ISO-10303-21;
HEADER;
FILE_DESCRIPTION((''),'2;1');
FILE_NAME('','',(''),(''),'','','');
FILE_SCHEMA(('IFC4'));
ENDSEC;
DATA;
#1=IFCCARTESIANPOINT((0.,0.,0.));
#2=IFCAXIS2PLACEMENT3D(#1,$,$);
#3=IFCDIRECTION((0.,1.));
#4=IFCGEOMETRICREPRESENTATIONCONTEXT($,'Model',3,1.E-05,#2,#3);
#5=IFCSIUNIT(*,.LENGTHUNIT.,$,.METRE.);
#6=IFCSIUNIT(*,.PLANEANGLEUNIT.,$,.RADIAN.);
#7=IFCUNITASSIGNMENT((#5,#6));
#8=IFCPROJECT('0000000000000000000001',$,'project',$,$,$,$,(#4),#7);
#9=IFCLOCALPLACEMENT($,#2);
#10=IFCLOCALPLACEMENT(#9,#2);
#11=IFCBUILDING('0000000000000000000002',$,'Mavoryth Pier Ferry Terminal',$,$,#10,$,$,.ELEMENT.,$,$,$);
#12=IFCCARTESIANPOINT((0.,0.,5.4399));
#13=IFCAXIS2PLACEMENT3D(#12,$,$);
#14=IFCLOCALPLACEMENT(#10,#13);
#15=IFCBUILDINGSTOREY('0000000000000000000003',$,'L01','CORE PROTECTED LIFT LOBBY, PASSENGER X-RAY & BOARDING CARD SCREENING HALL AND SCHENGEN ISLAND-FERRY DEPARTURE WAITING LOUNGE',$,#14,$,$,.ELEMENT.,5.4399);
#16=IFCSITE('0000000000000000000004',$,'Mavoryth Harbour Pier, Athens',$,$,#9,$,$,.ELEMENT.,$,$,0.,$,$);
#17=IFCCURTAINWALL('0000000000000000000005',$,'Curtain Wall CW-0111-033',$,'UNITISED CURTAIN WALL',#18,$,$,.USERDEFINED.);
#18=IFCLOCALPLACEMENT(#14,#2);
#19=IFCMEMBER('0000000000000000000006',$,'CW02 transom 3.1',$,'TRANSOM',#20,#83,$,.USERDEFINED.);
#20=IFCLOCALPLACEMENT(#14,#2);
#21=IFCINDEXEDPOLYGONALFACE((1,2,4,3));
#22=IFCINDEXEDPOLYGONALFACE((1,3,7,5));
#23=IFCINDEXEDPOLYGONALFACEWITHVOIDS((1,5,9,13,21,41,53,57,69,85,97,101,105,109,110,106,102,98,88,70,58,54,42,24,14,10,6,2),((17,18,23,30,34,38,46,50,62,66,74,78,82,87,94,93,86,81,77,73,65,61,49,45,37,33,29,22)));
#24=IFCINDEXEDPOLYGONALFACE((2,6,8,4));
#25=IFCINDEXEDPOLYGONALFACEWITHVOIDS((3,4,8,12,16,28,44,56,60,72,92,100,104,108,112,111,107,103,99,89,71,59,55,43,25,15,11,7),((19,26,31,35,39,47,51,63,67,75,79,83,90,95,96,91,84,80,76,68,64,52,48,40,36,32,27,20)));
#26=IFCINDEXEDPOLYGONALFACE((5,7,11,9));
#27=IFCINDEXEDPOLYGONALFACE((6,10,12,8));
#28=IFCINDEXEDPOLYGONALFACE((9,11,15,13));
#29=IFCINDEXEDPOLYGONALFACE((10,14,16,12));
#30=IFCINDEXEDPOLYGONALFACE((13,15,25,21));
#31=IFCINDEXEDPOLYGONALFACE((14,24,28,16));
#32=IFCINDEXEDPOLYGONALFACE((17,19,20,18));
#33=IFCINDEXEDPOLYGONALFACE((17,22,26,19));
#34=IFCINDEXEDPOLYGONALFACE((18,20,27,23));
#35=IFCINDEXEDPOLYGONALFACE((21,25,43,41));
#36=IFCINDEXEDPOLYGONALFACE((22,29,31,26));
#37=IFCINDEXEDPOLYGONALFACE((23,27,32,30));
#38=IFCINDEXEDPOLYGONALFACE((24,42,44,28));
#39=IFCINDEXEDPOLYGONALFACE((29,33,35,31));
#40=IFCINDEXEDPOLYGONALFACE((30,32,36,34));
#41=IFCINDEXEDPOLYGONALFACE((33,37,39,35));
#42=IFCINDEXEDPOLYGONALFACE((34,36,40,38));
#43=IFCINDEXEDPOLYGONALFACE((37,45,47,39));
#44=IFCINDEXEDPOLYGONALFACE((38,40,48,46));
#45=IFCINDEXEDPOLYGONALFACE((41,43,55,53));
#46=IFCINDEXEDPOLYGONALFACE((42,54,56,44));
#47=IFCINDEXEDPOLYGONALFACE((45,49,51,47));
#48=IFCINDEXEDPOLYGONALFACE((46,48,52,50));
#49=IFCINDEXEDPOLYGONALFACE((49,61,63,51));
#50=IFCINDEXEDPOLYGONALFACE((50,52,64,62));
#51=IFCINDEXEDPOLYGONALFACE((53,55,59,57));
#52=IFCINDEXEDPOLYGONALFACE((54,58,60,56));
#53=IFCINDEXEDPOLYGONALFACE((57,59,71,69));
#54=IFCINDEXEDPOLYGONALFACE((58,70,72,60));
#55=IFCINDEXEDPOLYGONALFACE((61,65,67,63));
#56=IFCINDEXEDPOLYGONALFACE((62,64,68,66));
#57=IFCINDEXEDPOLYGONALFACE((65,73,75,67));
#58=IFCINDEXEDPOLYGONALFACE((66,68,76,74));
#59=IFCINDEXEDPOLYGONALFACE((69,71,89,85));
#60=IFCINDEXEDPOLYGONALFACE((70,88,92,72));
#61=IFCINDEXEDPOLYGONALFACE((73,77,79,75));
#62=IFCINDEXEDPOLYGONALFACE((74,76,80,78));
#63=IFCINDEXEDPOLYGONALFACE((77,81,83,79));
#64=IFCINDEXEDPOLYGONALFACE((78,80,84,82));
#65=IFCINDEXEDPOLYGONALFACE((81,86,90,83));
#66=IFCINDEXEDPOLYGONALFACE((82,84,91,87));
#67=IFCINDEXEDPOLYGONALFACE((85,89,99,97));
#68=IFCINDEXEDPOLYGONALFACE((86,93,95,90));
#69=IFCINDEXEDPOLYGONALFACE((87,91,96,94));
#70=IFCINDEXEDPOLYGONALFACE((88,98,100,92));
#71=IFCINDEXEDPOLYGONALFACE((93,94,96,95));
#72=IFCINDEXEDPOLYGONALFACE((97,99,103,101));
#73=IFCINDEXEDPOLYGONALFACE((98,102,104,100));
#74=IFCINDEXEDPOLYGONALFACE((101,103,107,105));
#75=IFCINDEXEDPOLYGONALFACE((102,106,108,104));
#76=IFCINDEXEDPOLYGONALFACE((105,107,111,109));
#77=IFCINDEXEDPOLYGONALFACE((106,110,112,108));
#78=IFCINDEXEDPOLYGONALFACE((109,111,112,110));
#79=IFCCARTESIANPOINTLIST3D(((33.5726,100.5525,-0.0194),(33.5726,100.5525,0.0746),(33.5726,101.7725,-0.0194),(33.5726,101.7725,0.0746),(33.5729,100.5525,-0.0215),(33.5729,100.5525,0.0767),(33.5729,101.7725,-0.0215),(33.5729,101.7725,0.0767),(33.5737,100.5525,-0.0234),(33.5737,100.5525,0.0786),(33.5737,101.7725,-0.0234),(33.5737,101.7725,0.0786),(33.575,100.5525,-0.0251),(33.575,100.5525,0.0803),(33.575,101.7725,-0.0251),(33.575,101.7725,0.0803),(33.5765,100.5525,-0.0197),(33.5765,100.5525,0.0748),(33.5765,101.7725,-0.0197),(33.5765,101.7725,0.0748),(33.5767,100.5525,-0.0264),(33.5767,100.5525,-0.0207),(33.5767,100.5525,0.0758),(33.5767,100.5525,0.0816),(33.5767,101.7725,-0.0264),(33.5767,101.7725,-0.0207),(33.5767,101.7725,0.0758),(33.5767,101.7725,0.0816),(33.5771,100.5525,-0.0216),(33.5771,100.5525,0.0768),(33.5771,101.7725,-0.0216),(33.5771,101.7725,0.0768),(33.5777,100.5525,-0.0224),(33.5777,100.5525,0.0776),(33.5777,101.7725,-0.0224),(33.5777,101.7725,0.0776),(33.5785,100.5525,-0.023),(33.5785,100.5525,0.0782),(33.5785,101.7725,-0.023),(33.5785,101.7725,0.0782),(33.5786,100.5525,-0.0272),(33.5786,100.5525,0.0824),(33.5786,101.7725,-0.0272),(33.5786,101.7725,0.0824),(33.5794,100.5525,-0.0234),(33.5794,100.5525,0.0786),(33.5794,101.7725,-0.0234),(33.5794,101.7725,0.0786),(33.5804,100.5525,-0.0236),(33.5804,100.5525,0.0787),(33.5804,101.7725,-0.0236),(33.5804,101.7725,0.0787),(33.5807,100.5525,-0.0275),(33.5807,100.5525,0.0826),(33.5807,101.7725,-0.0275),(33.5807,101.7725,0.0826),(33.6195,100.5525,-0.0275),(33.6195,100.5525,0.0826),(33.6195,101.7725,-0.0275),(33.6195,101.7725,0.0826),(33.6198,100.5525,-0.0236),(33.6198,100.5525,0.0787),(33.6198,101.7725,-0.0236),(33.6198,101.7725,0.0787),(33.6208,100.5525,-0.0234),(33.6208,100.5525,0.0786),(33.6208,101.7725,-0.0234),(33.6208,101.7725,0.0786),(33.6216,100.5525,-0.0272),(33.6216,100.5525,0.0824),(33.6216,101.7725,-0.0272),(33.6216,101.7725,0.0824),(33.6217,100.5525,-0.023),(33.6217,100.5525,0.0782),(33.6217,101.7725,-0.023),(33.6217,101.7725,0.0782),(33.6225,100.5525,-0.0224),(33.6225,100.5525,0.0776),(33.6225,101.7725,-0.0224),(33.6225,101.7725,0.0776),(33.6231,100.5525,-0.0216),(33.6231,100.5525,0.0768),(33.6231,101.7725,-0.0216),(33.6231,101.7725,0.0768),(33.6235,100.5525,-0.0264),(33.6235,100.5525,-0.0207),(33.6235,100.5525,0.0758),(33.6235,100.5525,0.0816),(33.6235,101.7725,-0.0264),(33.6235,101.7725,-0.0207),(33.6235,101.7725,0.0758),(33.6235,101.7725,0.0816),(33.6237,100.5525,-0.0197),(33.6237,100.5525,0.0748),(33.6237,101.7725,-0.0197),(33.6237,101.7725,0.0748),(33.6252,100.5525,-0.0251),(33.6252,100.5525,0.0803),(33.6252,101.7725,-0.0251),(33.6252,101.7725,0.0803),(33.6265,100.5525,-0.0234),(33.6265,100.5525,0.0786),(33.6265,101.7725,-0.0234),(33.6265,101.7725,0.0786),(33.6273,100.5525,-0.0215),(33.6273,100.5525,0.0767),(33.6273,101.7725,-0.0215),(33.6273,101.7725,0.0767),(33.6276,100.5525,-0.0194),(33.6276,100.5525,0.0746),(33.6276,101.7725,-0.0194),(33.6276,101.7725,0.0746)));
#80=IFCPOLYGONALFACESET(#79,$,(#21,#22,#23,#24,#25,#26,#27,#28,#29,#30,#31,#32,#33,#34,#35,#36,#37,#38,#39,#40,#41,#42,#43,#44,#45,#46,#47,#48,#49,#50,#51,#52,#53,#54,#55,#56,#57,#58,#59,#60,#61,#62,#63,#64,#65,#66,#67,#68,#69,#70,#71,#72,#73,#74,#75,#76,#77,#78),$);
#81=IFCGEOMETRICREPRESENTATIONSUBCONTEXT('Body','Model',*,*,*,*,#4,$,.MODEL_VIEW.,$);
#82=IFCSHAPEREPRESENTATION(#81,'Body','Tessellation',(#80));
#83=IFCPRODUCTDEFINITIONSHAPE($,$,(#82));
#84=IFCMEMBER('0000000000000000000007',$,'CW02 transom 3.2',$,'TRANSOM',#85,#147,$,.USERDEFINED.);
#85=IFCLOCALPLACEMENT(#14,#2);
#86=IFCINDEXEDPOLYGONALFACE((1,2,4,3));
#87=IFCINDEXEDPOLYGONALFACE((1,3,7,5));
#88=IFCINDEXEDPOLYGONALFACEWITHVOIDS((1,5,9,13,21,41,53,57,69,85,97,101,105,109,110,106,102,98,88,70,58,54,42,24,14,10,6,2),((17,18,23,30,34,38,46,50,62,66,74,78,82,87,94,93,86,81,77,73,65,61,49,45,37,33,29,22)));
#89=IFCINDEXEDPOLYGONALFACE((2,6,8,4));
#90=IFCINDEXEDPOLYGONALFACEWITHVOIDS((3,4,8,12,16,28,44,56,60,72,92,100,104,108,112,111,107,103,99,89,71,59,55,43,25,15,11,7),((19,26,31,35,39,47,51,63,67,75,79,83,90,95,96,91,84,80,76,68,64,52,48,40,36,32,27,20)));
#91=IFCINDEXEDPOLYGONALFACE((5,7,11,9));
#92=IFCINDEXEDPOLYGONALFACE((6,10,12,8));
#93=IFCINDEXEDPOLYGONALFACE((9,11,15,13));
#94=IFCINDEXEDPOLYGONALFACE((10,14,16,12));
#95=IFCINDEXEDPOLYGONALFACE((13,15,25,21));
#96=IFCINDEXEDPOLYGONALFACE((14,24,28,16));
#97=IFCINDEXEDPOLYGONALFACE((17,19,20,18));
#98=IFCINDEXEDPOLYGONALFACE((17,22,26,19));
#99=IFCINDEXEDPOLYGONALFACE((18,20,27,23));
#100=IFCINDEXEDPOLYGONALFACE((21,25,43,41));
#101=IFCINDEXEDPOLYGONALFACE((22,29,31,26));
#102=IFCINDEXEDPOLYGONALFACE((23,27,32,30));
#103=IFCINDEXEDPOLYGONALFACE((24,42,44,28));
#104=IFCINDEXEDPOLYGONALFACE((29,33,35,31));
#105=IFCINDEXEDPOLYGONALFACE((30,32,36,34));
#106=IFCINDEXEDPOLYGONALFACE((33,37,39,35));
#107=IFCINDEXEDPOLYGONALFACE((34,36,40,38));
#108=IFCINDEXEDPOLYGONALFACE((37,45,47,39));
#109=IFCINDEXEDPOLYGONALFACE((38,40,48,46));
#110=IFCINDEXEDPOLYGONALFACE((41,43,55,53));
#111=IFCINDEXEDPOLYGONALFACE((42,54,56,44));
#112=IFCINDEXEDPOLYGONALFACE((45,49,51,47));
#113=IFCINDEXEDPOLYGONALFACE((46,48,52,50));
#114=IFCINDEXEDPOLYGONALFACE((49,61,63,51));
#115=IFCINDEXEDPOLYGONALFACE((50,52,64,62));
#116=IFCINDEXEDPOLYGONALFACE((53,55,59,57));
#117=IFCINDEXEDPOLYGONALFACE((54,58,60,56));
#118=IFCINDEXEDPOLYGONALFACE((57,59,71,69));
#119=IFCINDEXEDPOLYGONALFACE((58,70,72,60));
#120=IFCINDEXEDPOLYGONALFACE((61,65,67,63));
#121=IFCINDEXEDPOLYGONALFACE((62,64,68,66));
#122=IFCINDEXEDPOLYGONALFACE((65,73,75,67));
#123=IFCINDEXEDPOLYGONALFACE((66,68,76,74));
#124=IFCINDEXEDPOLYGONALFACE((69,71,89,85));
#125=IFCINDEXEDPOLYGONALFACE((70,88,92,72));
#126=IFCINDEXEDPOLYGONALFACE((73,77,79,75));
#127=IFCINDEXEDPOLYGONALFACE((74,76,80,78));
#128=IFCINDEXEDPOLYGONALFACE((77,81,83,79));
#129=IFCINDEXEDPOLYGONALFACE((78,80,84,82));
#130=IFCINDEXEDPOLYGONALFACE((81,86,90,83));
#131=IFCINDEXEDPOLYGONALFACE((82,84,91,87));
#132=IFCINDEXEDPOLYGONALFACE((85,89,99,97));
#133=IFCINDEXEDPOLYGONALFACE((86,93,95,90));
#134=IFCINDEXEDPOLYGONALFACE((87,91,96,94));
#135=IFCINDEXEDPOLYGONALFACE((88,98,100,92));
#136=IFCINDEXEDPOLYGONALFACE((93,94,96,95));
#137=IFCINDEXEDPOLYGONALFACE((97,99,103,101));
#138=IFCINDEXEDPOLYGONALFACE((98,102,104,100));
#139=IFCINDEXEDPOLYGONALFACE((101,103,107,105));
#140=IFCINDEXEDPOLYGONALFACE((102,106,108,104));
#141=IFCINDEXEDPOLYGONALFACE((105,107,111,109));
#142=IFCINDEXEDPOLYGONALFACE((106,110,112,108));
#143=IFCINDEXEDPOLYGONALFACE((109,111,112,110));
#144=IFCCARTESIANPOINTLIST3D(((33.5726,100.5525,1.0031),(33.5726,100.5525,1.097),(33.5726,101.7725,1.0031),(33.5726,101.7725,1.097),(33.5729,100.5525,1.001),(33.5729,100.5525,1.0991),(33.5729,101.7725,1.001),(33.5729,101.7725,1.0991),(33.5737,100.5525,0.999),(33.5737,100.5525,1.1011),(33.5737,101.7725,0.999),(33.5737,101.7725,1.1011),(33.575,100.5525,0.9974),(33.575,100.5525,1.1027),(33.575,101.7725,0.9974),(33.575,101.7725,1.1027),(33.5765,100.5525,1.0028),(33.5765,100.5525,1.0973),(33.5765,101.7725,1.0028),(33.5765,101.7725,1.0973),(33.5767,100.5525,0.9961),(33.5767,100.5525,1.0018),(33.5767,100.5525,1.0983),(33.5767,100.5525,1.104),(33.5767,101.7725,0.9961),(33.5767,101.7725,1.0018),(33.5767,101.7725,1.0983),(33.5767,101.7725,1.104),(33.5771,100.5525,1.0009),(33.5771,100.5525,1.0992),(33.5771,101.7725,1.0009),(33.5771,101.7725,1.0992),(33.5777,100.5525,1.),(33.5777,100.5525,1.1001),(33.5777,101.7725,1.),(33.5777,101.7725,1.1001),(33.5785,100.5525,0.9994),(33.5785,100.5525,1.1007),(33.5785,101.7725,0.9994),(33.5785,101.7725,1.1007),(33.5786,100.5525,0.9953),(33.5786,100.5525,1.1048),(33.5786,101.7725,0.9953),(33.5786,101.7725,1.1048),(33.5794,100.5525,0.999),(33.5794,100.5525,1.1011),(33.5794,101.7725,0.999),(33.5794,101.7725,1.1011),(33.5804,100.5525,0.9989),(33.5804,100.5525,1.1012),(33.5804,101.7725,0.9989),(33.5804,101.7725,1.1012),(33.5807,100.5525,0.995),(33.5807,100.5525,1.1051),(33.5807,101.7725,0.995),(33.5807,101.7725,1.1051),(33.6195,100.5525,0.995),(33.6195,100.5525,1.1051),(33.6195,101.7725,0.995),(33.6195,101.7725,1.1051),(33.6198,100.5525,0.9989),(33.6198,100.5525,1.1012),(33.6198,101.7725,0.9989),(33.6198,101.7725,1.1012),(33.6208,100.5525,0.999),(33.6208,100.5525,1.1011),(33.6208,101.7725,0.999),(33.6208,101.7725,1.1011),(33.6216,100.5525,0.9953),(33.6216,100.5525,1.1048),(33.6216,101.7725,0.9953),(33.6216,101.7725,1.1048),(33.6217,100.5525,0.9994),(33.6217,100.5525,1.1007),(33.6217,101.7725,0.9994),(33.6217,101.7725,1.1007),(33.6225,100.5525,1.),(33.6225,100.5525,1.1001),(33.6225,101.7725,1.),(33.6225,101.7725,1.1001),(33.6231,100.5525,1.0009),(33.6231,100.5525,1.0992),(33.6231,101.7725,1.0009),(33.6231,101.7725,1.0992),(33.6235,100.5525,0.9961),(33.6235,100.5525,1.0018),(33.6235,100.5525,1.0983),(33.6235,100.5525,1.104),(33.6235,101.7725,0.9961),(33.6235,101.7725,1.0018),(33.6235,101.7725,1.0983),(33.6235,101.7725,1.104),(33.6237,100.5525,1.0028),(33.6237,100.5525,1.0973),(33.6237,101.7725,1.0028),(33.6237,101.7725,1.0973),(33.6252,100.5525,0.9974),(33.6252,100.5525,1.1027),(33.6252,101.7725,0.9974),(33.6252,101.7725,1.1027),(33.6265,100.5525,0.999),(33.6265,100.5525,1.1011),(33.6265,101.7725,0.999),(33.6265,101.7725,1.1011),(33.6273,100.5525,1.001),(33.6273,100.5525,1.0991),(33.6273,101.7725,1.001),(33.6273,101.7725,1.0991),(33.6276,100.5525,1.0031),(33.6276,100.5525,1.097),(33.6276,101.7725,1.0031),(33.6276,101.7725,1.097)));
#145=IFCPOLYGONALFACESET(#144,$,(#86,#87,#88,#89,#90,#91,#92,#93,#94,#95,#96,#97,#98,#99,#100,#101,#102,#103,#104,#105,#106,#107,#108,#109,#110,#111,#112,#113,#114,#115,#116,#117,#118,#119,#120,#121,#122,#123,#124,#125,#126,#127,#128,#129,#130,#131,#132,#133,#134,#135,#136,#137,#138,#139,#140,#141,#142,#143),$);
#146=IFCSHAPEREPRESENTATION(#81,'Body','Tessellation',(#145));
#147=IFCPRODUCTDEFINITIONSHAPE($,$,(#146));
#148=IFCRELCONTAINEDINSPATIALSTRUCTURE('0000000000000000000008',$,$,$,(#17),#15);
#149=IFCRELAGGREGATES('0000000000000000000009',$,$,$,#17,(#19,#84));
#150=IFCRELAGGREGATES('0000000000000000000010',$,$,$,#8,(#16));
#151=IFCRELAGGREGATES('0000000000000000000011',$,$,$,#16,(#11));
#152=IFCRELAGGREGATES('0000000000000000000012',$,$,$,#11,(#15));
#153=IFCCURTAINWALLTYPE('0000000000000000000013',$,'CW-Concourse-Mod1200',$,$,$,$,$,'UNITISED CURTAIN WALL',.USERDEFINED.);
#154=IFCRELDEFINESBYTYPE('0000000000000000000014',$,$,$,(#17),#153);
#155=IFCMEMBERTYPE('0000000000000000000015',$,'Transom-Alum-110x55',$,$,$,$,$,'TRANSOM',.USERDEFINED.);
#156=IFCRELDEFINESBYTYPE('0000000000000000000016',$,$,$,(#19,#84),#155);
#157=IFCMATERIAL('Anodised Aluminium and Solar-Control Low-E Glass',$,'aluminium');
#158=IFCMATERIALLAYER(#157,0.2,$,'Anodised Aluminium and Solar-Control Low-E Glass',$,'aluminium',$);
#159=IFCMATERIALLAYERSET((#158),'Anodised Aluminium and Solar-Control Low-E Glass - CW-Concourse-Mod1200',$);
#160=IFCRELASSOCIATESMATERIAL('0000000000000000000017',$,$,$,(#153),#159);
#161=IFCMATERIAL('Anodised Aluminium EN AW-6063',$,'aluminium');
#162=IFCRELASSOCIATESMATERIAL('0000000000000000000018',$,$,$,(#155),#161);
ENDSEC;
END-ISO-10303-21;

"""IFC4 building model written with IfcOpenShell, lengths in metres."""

from ifc_helpers import new_model, si_unit, direction, frame, origin, origin_2d, place, context, subcontext, project, spatial, hollow_rectangle, extrude, material, layer, layer_set, material_profile, profile_set, type_object, element, aggregate, save


model = new_model("IFC4")

# Units and contexts
model_context = context("Model", 3, precision=1e-05, world=origin(), true_north=direction((0.0, 1.0)))
body_context = subcontext(model_context, "Body", "Model", "MODEL_VIEW")
ifc_project = project(units=[si_unit("LENGTHUNIT", "METRE"), si_unit("PLANEANGLEUNIT", "RADIAN")], contexts=[model_context])

# Site, building, storey
site_placement = place(None, origin())
site = spatial("IfcSite", under=ifc_project, at=site_placement, Name="Mavoryth Harbour Pier, Athens", CompositionType="ELEMENT", RefElevation=0.0)
building_placement = place(site_placement, origin())
building = spatial("IfcBuilding", under=site, at=building_placement, Name="Mavoryth Pier Ferry Terminal", CompositionType="ELEMENT")
storey_placement = place(building_placement, frame((0.0, 0.0, 5.4399)))
storey = spatial("IfcBuildingStorey", under=building, at=storey_placement, Name="L01", Description="CORE PROTECTED LIFT LOBBY, PASSENGER X-RAY & BOARDING CARD SCREENING HALL AND SCHENGEN ISLAND-FERRY DEPARTURE WAITING LOUNGE", CompositionType="ELEMENT", Elevation=5.4399)

# Curtain wall
ifc_material_1 = material(Name="Anodised Aluminium and Solar-Control Low-E Glass", Category="aluminium")
ifc_layer_1 = layer(ifc_material_1, 0.2, Name="Anodised Aluminium and Solar-Control Low-E Glass", Category="aluminium")
ifc_layer_set_1 = layer_set([ifc_layer_1], Name="Anodised Aluminium and Solar-Control Low-E Glass - CW-Concourse-Mod1200")
curtain_wall_type_1 = type_object("IfcCurtainWallType", Name="CW-Concourse-Mod1200", ElementType="UNITISED CURTAIN WALL", PredefinedType="USERDEFINED", material=ifc_layer_set_1)
curtain_wall_1_placement = place(storey_placement, origin())
curtain_wall_1 = element("IfcCurtainWall", 1, at=curtain_wall_1_placement, inside=storey, type_object=curtain_wall_type_1, Name="Curtain Wall CW-0111-033", ObjectType="UNITISED CURTAIN WALL", PredefinedType="USERDEFINED")
ifc_material_2 = material(Name="Anodised Aluminium EN AW-6063", Category="aluminium")

# Members
ifc_material_profile_1 = material_profile(ifc_material_2, hollow_rectangle(XDim=0.0549, YDim=0.1101, WallThickness=0.0039, InnerFilletRadius=0.0039, OuterFilletRadius=0.0081, at=origin_2d()), Name="AL-TRAN 110x55x4", Category="aluminium")
ifc_profile_set_1 = profile_set([ifc_material_profile_1], Name="Anodised Aluminium EN AW-6063 - AL-TRAN 110x55x4")
member_type_1 = type_object("IfcMemberType", Name="Transom-Alum-110x55", ElementType="TRANSOM", PredefinedType="USERDEFINED", material=ifc_profile_set_1)
member_1_placement = place(storey_placement, frame((33.6001, 100.5525, 0.0276), z_axis=(0.0, 1.0, 0.0), x_axis=(-1.0, 0.0, 0.0)))
member_1 = element("IfcMember", 2, at=member_1_placement, type_object=member_type_1, Name="CW02 transom 3.1", ObjectType="TRANSOM", PredefinedType="USERDEFINED", context=body_context, shape_type="SweptSolid", body=[
    extrude(hollow_rectangle(XDim=0.0549, YDim=0.1101, WallThickness=0.0039, InnerFilletRadius=0.0039, OuterFilletRadius=0.0081, at=origin_2d()), origin(), (0.0, 0.0, 1.0), 1.22),
])
member_2_placement = place(storey_placement, frame((33.6001, 100.5525, 1.05), z_axis=(0.0, 1.0, 0.0), x_axis=(-1.0, 0.0, 0.0)))
member_2 = element("IfcMember", 3, at=member_2_placement, type_object=member_type_1, Name="CW02 transom 3.2", ObjectType="TRANSOM", PredefinedType="USERDEFINED", context=body_context, shape_type="SweptSolid", body=[
    extrude(hollow_rectangle(XDim=0.0549, YDim=0.1101, WallThickness=0.0039, InnerFilletRadius=0.0039, OuterFilletRadius=0.0081, at=origin_2d()), origin(), (0.0, 0.0, 1.0), 1.22),
])

aggregate(curtain_wall_1, [member_1, member_2])

save(model, "model.ifc")
